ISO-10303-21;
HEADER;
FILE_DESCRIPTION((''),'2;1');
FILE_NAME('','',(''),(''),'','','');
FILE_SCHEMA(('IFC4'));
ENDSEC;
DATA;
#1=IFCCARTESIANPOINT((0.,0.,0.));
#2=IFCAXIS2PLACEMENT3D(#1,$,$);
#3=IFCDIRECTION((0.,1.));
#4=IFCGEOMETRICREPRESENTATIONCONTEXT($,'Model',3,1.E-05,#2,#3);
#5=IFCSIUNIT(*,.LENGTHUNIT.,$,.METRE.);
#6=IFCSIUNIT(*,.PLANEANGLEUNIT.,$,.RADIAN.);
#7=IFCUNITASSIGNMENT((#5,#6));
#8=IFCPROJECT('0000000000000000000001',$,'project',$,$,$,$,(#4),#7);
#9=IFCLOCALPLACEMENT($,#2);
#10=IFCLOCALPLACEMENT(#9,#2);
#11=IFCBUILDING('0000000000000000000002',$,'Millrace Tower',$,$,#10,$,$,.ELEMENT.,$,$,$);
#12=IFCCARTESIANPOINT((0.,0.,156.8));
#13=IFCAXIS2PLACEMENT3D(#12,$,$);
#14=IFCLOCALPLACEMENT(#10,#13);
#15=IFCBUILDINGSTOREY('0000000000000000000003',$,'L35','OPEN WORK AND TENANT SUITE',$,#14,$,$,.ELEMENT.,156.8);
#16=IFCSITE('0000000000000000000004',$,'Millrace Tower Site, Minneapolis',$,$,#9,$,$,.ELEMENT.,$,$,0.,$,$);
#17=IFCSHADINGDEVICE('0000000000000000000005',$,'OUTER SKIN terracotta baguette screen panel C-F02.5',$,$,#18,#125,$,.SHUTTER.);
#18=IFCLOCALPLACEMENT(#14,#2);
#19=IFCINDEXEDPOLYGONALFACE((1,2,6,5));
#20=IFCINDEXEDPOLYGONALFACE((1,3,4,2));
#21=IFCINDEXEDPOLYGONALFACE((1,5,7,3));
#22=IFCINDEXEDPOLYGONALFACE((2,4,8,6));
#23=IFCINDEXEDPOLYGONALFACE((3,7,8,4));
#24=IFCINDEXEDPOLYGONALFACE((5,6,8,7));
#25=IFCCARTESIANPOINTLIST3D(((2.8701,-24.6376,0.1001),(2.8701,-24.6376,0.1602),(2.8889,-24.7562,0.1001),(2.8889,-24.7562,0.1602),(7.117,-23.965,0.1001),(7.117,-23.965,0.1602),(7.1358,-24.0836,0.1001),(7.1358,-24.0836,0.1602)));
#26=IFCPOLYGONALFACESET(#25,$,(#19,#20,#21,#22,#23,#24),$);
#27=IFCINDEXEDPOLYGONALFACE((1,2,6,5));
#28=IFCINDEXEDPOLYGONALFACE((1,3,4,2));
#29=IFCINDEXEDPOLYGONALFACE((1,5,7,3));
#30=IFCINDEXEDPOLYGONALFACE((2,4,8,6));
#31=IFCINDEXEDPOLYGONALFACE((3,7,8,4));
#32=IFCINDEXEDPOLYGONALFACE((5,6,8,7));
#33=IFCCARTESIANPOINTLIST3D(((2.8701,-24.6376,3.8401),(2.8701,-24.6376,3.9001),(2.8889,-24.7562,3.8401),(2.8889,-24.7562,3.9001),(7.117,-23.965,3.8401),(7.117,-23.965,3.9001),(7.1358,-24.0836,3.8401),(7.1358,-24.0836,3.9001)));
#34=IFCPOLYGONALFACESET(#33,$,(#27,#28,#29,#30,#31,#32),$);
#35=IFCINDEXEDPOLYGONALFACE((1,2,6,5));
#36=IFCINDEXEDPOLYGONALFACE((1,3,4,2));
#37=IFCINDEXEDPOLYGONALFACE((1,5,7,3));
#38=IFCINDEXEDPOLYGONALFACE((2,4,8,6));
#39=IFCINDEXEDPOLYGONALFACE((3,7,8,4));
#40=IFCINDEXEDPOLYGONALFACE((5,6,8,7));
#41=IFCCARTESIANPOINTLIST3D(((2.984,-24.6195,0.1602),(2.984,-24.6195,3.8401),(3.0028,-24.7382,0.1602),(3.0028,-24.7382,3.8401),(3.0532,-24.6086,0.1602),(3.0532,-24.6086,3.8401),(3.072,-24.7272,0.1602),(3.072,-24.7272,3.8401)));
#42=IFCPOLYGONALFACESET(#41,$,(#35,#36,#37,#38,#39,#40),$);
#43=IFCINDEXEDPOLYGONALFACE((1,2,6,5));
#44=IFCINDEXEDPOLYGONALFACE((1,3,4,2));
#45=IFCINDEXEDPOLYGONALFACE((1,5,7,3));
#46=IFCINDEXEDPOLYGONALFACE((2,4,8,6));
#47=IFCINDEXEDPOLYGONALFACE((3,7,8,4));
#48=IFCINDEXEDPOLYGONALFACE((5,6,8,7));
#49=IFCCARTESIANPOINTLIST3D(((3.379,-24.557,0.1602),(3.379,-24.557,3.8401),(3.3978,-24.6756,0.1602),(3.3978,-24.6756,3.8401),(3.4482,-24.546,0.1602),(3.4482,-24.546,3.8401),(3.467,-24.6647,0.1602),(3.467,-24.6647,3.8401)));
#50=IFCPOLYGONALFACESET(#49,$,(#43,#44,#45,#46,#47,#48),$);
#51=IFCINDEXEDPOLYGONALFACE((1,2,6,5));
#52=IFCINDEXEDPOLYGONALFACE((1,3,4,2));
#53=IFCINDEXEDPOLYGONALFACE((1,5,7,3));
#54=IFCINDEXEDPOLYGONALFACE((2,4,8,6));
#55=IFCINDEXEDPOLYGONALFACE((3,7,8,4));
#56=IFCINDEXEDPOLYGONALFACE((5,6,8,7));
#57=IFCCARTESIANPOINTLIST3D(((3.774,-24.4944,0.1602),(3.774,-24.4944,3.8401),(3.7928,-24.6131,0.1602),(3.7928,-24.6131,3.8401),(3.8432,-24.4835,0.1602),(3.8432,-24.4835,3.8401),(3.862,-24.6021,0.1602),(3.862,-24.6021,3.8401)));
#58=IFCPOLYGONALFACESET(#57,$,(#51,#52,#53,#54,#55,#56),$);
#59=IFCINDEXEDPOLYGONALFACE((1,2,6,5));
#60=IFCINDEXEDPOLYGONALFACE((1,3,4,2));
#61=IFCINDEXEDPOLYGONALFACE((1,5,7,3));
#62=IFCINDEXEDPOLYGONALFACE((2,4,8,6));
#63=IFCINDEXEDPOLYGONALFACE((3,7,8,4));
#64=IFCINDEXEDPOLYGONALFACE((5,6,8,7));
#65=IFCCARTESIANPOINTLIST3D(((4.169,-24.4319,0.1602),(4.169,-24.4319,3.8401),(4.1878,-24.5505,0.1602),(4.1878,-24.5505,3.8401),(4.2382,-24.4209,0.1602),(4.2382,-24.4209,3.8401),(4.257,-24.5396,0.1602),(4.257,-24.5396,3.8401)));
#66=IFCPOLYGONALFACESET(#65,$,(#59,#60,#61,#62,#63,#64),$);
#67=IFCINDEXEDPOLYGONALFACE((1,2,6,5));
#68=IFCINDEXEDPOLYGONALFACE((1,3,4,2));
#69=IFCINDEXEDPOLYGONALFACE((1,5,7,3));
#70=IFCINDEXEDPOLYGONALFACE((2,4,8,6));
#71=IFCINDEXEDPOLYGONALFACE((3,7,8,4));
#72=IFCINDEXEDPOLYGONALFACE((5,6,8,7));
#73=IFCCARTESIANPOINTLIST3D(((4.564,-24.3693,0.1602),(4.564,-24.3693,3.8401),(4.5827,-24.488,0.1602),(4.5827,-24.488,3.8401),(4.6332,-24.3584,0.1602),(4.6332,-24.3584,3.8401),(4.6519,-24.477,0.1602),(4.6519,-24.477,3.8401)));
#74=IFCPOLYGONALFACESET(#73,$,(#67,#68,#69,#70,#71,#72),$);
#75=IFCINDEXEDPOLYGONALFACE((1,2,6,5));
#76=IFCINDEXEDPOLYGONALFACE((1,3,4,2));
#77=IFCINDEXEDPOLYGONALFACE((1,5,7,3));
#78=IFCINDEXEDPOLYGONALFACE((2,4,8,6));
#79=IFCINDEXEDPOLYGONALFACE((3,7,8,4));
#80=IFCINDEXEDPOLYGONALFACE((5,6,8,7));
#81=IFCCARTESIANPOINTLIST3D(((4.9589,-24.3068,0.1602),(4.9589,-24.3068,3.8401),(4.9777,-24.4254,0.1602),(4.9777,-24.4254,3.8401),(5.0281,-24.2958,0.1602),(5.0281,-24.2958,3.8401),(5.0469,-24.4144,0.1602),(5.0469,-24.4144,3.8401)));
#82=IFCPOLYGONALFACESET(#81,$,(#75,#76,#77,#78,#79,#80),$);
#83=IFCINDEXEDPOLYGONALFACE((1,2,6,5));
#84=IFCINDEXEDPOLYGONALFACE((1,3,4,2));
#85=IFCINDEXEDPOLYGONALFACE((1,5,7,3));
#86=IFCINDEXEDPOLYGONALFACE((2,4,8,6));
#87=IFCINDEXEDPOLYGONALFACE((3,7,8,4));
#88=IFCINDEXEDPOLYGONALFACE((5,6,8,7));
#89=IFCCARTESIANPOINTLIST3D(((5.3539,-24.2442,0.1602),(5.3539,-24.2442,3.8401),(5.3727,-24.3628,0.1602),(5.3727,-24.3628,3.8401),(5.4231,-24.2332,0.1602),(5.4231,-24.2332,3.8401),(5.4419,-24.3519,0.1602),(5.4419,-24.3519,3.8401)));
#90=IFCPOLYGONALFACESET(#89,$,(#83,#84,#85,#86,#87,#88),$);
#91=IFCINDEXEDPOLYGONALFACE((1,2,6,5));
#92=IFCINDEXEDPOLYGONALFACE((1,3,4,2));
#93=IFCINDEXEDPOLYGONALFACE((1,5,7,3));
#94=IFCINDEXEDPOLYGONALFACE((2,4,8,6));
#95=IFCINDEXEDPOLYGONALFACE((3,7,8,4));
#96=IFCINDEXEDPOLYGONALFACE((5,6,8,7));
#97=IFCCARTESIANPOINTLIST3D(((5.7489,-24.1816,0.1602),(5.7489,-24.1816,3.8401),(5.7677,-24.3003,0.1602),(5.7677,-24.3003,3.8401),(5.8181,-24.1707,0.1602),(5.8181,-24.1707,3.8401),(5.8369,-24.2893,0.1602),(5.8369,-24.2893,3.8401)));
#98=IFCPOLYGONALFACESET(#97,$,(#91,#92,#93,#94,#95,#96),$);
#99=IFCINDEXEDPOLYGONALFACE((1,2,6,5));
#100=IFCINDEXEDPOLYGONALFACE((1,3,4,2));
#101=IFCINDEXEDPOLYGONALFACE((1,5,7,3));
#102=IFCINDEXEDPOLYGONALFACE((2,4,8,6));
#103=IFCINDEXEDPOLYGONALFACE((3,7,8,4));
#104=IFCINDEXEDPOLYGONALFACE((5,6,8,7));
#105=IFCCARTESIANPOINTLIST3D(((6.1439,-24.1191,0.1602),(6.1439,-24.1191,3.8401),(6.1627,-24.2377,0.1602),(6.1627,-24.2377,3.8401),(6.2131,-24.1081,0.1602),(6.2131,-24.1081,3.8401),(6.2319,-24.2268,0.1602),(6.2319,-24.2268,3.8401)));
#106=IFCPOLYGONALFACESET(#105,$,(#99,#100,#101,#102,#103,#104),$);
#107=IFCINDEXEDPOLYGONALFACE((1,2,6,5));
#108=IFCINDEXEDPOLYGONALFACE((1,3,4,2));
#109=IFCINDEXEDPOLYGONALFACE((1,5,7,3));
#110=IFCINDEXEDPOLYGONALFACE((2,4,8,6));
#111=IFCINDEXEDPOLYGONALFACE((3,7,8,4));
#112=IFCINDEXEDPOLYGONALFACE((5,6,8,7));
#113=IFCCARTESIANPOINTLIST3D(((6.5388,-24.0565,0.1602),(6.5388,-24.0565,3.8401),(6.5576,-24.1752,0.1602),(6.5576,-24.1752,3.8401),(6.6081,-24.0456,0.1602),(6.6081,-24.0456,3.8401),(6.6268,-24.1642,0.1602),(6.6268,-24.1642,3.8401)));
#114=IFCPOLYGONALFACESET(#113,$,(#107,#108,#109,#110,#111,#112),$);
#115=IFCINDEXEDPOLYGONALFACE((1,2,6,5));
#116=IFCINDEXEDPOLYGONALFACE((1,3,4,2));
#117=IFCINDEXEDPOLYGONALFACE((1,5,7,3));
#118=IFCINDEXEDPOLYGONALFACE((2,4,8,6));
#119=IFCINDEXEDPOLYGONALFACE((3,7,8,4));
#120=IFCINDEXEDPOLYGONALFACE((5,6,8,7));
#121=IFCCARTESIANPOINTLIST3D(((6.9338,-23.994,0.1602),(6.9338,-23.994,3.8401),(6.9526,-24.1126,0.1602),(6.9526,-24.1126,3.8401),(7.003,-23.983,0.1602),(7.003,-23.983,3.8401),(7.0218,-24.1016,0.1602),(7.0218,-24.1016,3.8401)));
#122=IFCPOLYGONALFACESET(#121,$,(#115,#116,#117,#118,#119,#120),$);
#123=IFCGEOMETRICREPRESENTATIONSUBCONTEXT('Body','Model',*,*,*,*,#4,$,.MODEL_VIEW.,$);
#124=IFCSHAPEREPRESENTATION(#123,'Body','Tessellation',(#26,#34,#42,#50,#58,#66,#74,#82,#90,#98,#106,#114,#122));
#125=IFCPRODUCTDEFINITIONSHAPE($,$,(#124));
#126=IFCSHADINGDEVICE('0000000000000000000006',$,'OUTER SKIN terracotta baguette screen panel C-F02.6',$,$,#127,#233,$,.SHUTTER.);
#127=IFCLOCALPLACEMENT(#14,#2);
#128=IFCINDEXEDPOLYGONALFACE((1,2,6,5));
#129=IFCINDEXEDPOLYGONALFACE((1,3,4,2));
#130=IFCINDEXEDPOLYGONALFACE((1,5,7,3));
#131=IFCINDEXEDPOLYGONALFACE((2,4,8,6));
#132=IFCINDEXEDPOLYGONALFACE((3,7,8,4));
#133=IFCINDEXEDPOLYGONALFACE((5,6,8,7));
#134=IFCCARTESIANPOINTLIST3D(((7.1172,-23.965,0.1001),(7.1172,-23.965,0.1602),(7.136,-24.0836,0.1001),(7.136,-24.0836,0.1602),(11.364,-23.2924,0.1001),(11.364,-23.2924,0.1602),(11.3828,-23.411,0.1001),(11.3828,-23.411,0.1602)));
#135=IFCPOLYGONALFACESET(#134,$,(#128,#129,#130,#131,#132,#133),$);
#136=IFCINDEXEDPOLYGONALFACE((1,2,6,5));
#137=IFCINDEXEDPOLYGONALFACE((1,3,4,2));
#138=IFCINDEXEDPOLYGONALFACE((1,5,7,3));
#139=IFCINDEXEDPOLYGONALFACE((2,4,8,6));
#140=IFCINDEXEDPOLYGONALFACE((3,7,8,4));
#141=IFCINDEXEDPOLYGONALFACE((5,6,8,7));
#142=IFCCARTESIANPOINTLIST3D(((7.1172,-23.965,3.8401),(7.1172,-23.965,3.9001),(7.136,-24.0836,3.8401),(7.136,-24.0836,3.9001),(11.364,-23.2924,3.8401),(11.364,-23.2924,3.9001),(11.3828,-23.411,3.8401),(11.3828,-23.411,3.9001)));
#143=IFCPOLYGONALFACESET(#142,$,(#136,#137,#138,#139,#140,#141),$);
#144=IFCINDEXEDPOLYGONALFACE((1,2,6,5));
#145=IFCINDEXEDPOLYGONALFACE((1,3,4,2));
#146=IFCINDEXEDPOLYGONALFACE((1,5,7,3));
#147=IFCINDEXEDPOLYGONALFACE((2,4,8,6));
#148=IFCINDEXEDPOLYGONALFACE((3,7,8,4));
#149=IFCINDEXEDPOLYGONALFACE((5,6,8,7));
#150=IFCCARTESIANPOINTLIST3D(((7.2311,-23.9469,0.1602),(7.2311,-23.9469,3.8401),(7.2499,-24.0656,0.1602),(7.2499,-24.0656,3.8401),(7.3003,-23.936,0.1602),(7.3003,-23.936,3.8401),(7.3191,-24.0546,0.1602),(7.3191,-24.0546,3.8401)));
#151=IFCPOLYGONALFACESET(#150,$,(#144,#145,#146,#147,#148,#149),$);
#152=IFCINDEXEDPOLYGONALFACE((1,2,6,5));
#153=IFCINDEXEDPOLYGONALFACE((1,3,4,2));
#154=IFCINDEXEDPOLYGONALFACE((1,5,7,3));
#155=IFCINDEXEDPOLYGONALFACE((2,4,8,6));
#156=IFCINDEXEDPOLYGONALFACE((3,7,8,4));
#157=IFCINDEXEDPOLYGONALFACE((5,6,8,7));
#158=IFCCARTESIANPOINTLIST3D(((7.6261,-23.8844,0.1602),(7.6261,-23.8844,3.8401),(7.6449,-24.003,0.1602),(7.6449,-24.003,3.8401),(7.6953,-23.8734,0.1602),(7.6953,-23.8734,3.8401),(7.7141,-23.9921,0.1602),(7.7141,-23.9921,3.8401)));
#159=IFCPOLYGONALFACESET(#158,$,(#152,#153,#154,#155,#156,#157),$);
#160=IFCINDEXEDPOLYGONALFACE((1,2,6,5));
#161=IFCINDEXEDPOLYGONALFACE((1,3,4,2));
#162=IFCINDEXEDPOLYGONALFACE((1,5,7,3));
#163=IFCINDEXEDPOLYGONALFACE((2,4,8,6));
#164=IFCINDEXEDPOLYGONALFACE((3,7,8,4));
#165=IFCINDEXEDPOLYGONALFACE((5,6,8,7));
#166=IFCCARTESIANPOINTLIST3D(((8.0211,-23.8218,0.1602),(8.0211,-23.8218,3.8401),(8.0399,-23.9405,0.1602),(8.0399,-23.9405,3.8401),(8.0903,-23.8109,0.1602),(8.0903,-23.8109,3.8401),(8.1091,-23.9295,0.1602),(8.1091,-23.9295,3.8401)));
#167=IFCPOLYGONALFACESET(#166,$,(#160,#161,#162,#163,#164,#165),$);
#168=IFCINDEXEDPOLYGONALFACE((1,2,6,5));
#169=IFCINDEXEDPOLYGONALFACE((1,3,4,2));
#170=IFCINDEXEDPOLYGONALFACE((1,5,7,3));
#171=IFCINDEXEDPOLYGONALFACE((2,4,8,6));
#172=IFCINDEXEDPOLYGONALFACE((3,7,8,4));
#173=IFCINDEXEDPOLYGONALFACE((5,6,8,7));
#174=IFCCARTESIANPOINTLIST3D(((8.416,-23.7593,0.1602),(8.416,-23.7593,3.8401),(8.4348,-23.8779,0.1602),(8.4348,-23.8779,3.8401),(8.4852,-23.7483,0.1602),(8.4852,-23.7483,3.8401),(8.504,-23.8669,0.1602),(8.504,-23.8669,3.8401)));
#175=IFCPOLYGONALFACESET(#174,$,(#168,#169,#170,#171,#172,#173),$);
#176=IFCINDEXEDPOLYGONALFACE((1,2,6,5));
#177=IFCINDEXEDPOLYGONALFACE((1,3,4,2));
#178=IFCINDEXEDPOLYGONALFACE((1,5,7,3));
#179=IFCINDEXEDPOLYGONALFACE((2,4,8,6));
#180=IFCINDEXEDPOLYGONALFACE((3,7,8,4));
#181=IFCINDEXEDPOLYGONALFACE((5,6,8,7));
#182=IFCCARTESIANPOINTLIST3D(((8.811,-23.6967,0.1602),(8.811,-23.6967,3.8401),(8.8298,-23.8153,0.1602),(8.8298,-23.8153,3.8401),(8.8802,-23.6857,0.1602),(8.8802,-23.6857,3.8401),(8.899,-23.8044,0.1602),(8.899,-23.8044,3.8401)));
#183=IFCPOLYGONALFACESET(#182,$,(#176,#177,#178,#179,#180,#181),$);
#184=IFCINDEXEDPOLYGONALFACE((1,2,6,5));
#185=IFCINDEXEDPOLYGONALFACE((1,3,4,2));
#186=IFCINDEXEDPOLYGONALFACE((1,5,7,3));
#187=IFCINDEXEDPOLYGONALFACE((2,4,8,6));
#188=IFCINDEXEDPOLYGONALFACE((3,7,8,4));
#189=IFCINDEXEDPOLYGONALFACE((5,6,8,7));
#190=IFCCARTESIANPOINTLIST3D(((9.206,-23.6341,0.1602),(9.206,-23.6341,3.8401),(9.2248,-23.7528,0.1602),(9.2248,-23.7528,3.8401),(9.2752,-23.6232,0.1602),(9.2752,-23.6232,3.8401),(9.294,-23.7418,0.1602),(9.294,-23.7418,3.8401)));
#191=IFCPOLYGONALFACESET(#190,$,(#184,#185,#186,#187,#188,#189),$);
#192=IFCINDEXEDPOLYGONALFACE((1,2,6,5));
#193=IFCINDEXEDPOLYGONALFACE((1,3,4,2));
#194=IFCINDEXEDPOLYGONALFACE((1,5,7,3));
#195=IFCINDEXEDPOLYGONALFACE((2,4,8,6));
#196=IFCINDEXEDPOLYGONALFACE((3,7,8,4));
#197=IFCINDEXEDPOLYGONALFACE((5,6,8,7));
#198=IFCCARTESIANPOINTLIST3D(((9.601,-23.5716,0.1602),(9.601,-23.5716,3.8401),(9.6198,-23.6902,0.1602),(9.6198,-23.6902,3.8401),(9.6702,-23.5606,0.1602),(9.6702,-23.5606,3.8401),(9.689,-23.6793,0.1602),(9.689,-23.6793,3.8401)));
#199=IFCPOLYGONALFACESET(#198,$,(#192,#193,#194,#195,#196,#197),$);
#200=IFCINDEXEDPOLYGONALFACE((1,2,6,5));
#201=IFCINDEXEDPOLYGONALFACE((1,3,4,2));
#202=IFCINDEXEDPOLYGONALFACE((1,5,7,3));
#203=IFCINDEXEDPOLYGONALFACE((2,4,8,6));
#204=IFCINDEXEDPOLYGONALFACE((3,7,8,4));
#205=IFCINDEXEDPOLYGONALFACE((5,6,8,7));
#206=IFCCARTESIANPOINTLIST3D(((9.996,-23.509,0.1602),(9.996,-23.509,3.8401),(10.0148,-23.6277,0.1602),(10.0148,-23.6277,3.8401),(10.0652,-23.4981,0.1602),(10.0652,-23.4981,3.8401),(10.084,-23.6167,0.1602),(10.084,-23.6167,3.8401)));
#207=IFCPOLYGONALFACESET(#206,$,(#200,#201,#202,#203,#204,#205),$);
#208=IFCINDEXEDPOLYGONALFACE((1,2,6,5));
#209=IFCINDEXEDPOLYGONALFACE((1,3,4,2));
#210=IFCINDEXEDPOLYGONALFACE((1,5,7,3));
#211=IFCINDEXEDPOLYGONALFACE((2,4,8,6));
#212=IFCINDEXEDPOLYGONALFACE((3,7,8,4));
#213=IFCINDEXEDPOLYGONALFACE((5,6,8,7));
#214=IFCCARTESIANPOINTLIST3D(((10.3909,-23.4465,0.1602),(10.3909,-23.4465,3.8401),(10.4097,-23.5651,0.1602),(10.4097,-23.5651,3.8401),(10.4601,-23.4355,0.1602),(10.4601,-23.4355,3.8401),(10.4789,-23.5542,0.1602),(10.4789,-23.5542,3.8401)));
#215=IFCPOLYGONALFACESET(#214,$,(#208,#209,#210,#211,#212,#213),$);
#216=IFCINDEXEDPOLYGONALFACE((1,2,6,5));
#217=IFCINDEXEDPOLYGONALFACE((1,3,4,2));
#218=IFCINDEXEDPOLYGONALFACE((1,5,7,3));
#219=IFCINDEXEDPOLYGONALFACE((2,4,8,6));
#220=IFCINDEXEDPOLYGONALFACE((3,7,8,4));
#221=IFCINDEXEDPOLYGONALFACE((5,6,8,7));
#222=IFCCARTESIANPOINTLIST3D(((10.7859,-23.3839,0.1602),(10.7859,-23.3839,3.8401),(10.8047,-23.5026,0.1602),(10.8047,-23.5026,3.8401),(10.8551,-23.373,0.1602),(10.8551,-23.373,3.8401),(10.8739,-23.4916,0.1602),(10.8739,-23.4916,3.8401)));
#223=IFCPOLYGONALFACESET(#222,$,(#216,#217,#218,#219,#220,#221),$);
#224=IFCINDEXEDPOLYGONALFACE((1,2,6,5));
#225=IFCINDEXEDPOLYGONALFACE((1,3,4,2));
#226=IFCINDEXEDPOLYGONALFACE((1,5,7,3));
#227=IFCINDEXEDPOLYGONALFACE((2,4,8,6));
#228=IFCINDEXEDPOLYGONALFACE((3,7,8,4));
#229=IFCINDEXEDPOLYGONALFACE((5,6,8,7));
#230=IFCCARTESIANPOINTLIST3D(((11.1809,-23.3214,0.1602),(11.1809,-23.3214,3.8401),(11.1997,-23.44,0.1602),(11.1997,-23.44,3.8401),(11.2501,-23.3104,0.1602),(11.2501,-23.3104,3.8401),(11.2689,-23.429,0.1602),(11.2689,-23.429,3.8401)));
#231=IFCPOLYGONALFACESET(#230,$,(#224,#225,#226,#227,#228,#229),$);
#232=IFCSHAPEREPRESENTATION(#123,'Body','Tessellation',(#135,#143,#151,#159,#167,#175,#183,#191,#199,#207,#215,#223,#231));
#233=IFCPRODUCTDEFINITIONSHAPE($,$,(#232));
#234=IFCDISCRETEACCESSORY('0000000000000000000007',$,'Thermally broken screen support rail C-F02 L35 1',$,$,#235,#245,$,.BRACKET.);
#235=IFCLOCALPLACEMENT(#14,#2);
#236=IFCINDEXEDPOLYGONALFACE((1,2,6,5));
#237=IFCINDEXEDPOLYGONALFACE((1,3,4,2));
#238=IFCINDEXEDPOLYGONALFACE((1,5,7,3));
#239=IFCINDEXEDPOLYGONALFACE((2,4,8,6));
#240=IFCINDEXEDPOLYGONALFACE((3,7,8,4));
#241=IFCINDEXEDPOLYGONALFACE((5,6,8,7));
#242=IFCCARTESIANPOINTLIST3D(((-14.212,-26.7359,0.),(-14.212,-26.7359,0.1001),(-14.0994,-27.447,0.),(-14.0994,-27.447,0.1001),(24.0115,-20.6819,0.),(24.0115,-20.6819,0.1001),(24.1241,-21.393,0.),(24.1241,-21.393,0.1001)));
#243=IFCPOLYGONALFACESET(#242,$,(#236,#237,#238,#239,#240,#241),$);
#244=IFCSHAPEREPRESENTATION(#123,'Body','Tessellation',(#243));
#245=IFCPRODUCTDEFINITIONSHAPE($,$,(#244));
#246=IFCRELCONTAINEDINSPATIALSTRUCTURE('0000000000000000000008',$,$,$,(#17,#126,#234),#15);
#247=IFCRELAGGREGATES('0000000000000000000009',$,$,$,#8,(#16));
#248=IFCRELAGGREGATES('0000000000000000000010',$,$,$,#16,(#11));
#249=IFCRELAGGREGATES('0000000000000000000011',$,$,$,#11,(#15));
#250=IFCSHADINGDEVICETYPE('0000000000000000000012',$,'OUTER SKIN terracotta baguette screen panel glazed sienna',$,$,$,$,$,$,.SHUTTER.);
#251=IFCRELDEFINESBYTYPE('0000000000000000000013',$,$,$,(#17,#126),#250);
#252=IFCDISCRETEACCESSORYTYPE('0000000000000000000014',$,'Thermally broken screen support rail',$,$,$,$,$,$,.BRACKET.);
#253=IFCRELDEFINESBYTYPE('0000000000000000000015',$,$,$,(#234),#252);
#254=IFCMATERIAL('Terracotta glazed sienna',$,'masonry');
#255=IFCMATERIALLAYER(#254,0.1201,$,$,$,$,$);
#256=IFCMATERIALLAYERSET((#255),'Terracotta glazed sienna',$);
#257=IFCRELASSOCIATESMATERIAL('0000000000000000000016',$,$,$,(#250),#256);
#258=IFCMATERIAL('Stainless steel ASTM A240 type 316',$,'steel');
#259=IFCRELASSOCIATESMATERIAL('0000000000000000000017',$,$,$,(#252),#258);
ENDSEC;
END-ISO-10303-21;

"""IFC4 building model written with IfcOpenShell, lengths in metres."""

from ifc_helpers import new_model, entity, si_unit, direction, frame, frame_2d, origin, origin_2d, place, context, subcontext, project, spatial, rectangle, extrude, source, transform, mapped, material, layer, layer_set, type_object, element, save


model = new_model("IFC4")

# Units and contexts
model_context = context("Model", 3, precision=1e-05, world=origin(), true_north=direction((0.0, 1.0)))
body_context = subcontext(model_context, "Body", "Model", "MODEL_VIEW")
ifc_project = project(units=[si_unit("LENGTHUNIT", "METRE"), si_unit("PLANEANGLEUNIT", "RADIAN")], contexts=[model_context])

# Site, building, storey
site_placement = place(None, origin())
site = spatial("IfcSite", under=ifc_project, at=site_placement, Name="Millrace Tower Site, Minneapolis", CompositionType="ELEMENT", RefElevation=0.0)
building_placement = place(site_placement, origin())
building = spatial("IfcBuilding", under=site, at=building_placement, Name="Millrace Tower", CompositionType="ELEMENT")
storey_placement = place(building_placement, frame((0.0, 0.0, 156.8)))
storey = spatial("IfcBuildingStorey", under=building, at=storey_placement, Name="L35", Description="OPEN WORK AND TENANT SUITE", CompositionType="ELEMENT", Elevation=156.8)

# Shading devices
ifc_material_1 = material(Name="Terracotta glazed sienna", Category="masonry")
ifc_layer_1 = layer(ifc_material_1, 0.1201)
ifc_layer_set_1 = layer_set([ifc_layer_1], Name="Terracotta glazed sienna")
shading_device_type = type_object("IfcShadingDeviceType", Name="OUTER SKIN terracotta baguette screen panel glazed sienna", PredefinedType="SHUTTER", material=ifc_layer_set_1)
cartesian_point = entity("IfcCartesianPoint", [-2.1499, 0.0601])
shared_polyline = entity("IfcPolyline", [cartesian_point, entity("IfcCartesianPoint", [2.1499, 0.0601]), entity("IfcCartesianPoint", [2.1499, -0.0601]), entity("IfcCartesianPoint", [-2.1499, -0.0601]), cartesian_point])
shared_shape = source(origin(), body_context, "Body", "SweptSolid", [
    entity("IfcExtrudedAreaSolid", entity("IfcArbitraryClosedProfileDef", "AREA", None, shared_polyline), entity("IfcAxis2Placement3D", entity("IfcCartesianPoint", [0.0, 0.0, 0.0])), entity("IfcDirection", [0.0, 0.0, 1.0]), 0.0601),
    entity("IfcExtrudedAreaSolid", entity("IfcArbitraryClosedProfileDef", "AREA", None, shared_polyline), entity("IfcAxis2Placement3D", entity("IfcCartesianPoint", [0.0, 0.0, 3.74])), entity("IfcDirection", [0.0, 0.0, 1.0]), 0.0601),
    extrude(rectangle(XDim=0.0701, YDim=0.1201, at=frame_2d((-1.9995, 0.0))), frame((0.0, 0.0, 0.0601)), (0.0, 0.0, 1.0), 3.6799),
    extrude(rectangle(XDim=0.0701, YDim=0.1201, at=frame_2d((-1.5996, 0.0))), frame((0.0, 0.0, 0.0601)), (0.0, 0.0, 1.0), 3.6799),
    extrude(rectangle(XDim=0.0701, YDim=0.1201, at=frame_2d((-1.1997, 0.0))), frame((0.0, 0.0, 0.0601)), (0.0, 0.0, 1.0), 3.6799),
    extrude(rectangle(XDim=0.0701, YDim=0.1201, at=frame_2d((-0.7998, 0.0))), frame((0.0, 0.0, 0.0601)), (0.0, 0.0, 1.0), 3.6799),
    extrude(rectangle(XDim=0.0701, YDim=0.1201, at=frame_2d((-0.3999, 0.0))), frame((0.0, 0.0, 0.0601)), (0.0, 0.0, 1.0), 3.6799),
    extrude(rectangle(XDim=0.0701, YDim=0.1201, at=origin_2d()), frame((0.0, 0.0, 0.0601)), (0.0, 0.0, 1.0), 3.6799),
    extrude(rectangle(XDim=0.0701, YDim=0.1201, at=frame_2d((0.3999, 0.0))), frame((0.0, 0.0, 0.0601)), (0.0, 0.0, 1.0), 3.6799),
    extrude(rectangle(XDim=0.0701, YDim=0.1201, at=frame_2d((0.7998, 0.0))), frame((0.0, 0.0, 0.0601)), (0.0, 0.0, 1.0), 3.6799),
    extrude(rectangle(XDim=0.0701, YDim=0.1201, at=frame_2d((1.1997, 0.0))), frame((0.0, 0.0, 0.0601)), (0.0, 0.0, 1.0), 3.6799),
    extrude(rectangle(XDim=0.0701, YDim=0.1201, at=frame_2d((1.5996, 0.0))), frame((0.0, 0.0, 0.0601)), (0.0, 0.0, 1.0), 3.6799),
    extrude(rectangle(XDim=0.0701, YDim=0.1201, at=frame_2d((1.9995, 0.0))), frame((0.0, 0.0, 0.0601)), (0.0, 0.0, 1.0), 3.6799),
])
for number, where, z_axis, x_axis, name in (
    (1, (5.0029, -24.3606, 0.1001), (0.0, 0.0, 1.0), (0.987688, 0.156434, 0.0), "OUTER SKIN terracotta baguette screen panel C-F02.5"),
    (2, (9.25, -23.688, 0.1001), (0.0, 0.0, 1.0), (0.987688, 0.156434, 0.0), "OUTER SKIN terracotta baguette screen panel C-F02.6"),
):
    element("IfcShadingDevice", number, at=place(storey_placement, frame(where, z_axis=z_axis, x_axis=x_axis)), inside=storey, type_object=shading_device_type, Name=name, PredefinedType="SHUTTER", context=body_context, shape_type="MappedRepresentation", body=[
        mapped(shared_shape, transform((0.0, 0.0, 0.0), scale=1.0)),
    ])

# Discrete accessory
ifc_material_2 = material(Name="Stainless steel ASTM A240 type 316", Category="steel")
discrete_accessory_type = type_object("IfcDiscreteAccessoryType", Name="Thermally broken screen support rail", PredefinedType="BRACKET", material=ifc_material_2)
discrete_accessory_placement = place(storey_placement, frame((4.9561, -24.0645, 0.0), z_axis=(0.0, 0.0, 1.0), x_axis=(0.987688, 0.156434, 0.0)))
element("IfcDiscreteAccessory", 3, at=discrete_accessory_placement, inside=storey, type_object=discrete_accessory_type, Name="Thermally broken screen support rail C-F02 L35 1", PredefinedType="BRACKET", context=body_context, shape_type="SweptSolid", body=[
    extrude(rectangle(XDim=38.7, YDim=0.72, at=origin_2d()), origin(), (0.0, 0.0, 1.0), 0.1001),
])

save(model, "model.ifc")
